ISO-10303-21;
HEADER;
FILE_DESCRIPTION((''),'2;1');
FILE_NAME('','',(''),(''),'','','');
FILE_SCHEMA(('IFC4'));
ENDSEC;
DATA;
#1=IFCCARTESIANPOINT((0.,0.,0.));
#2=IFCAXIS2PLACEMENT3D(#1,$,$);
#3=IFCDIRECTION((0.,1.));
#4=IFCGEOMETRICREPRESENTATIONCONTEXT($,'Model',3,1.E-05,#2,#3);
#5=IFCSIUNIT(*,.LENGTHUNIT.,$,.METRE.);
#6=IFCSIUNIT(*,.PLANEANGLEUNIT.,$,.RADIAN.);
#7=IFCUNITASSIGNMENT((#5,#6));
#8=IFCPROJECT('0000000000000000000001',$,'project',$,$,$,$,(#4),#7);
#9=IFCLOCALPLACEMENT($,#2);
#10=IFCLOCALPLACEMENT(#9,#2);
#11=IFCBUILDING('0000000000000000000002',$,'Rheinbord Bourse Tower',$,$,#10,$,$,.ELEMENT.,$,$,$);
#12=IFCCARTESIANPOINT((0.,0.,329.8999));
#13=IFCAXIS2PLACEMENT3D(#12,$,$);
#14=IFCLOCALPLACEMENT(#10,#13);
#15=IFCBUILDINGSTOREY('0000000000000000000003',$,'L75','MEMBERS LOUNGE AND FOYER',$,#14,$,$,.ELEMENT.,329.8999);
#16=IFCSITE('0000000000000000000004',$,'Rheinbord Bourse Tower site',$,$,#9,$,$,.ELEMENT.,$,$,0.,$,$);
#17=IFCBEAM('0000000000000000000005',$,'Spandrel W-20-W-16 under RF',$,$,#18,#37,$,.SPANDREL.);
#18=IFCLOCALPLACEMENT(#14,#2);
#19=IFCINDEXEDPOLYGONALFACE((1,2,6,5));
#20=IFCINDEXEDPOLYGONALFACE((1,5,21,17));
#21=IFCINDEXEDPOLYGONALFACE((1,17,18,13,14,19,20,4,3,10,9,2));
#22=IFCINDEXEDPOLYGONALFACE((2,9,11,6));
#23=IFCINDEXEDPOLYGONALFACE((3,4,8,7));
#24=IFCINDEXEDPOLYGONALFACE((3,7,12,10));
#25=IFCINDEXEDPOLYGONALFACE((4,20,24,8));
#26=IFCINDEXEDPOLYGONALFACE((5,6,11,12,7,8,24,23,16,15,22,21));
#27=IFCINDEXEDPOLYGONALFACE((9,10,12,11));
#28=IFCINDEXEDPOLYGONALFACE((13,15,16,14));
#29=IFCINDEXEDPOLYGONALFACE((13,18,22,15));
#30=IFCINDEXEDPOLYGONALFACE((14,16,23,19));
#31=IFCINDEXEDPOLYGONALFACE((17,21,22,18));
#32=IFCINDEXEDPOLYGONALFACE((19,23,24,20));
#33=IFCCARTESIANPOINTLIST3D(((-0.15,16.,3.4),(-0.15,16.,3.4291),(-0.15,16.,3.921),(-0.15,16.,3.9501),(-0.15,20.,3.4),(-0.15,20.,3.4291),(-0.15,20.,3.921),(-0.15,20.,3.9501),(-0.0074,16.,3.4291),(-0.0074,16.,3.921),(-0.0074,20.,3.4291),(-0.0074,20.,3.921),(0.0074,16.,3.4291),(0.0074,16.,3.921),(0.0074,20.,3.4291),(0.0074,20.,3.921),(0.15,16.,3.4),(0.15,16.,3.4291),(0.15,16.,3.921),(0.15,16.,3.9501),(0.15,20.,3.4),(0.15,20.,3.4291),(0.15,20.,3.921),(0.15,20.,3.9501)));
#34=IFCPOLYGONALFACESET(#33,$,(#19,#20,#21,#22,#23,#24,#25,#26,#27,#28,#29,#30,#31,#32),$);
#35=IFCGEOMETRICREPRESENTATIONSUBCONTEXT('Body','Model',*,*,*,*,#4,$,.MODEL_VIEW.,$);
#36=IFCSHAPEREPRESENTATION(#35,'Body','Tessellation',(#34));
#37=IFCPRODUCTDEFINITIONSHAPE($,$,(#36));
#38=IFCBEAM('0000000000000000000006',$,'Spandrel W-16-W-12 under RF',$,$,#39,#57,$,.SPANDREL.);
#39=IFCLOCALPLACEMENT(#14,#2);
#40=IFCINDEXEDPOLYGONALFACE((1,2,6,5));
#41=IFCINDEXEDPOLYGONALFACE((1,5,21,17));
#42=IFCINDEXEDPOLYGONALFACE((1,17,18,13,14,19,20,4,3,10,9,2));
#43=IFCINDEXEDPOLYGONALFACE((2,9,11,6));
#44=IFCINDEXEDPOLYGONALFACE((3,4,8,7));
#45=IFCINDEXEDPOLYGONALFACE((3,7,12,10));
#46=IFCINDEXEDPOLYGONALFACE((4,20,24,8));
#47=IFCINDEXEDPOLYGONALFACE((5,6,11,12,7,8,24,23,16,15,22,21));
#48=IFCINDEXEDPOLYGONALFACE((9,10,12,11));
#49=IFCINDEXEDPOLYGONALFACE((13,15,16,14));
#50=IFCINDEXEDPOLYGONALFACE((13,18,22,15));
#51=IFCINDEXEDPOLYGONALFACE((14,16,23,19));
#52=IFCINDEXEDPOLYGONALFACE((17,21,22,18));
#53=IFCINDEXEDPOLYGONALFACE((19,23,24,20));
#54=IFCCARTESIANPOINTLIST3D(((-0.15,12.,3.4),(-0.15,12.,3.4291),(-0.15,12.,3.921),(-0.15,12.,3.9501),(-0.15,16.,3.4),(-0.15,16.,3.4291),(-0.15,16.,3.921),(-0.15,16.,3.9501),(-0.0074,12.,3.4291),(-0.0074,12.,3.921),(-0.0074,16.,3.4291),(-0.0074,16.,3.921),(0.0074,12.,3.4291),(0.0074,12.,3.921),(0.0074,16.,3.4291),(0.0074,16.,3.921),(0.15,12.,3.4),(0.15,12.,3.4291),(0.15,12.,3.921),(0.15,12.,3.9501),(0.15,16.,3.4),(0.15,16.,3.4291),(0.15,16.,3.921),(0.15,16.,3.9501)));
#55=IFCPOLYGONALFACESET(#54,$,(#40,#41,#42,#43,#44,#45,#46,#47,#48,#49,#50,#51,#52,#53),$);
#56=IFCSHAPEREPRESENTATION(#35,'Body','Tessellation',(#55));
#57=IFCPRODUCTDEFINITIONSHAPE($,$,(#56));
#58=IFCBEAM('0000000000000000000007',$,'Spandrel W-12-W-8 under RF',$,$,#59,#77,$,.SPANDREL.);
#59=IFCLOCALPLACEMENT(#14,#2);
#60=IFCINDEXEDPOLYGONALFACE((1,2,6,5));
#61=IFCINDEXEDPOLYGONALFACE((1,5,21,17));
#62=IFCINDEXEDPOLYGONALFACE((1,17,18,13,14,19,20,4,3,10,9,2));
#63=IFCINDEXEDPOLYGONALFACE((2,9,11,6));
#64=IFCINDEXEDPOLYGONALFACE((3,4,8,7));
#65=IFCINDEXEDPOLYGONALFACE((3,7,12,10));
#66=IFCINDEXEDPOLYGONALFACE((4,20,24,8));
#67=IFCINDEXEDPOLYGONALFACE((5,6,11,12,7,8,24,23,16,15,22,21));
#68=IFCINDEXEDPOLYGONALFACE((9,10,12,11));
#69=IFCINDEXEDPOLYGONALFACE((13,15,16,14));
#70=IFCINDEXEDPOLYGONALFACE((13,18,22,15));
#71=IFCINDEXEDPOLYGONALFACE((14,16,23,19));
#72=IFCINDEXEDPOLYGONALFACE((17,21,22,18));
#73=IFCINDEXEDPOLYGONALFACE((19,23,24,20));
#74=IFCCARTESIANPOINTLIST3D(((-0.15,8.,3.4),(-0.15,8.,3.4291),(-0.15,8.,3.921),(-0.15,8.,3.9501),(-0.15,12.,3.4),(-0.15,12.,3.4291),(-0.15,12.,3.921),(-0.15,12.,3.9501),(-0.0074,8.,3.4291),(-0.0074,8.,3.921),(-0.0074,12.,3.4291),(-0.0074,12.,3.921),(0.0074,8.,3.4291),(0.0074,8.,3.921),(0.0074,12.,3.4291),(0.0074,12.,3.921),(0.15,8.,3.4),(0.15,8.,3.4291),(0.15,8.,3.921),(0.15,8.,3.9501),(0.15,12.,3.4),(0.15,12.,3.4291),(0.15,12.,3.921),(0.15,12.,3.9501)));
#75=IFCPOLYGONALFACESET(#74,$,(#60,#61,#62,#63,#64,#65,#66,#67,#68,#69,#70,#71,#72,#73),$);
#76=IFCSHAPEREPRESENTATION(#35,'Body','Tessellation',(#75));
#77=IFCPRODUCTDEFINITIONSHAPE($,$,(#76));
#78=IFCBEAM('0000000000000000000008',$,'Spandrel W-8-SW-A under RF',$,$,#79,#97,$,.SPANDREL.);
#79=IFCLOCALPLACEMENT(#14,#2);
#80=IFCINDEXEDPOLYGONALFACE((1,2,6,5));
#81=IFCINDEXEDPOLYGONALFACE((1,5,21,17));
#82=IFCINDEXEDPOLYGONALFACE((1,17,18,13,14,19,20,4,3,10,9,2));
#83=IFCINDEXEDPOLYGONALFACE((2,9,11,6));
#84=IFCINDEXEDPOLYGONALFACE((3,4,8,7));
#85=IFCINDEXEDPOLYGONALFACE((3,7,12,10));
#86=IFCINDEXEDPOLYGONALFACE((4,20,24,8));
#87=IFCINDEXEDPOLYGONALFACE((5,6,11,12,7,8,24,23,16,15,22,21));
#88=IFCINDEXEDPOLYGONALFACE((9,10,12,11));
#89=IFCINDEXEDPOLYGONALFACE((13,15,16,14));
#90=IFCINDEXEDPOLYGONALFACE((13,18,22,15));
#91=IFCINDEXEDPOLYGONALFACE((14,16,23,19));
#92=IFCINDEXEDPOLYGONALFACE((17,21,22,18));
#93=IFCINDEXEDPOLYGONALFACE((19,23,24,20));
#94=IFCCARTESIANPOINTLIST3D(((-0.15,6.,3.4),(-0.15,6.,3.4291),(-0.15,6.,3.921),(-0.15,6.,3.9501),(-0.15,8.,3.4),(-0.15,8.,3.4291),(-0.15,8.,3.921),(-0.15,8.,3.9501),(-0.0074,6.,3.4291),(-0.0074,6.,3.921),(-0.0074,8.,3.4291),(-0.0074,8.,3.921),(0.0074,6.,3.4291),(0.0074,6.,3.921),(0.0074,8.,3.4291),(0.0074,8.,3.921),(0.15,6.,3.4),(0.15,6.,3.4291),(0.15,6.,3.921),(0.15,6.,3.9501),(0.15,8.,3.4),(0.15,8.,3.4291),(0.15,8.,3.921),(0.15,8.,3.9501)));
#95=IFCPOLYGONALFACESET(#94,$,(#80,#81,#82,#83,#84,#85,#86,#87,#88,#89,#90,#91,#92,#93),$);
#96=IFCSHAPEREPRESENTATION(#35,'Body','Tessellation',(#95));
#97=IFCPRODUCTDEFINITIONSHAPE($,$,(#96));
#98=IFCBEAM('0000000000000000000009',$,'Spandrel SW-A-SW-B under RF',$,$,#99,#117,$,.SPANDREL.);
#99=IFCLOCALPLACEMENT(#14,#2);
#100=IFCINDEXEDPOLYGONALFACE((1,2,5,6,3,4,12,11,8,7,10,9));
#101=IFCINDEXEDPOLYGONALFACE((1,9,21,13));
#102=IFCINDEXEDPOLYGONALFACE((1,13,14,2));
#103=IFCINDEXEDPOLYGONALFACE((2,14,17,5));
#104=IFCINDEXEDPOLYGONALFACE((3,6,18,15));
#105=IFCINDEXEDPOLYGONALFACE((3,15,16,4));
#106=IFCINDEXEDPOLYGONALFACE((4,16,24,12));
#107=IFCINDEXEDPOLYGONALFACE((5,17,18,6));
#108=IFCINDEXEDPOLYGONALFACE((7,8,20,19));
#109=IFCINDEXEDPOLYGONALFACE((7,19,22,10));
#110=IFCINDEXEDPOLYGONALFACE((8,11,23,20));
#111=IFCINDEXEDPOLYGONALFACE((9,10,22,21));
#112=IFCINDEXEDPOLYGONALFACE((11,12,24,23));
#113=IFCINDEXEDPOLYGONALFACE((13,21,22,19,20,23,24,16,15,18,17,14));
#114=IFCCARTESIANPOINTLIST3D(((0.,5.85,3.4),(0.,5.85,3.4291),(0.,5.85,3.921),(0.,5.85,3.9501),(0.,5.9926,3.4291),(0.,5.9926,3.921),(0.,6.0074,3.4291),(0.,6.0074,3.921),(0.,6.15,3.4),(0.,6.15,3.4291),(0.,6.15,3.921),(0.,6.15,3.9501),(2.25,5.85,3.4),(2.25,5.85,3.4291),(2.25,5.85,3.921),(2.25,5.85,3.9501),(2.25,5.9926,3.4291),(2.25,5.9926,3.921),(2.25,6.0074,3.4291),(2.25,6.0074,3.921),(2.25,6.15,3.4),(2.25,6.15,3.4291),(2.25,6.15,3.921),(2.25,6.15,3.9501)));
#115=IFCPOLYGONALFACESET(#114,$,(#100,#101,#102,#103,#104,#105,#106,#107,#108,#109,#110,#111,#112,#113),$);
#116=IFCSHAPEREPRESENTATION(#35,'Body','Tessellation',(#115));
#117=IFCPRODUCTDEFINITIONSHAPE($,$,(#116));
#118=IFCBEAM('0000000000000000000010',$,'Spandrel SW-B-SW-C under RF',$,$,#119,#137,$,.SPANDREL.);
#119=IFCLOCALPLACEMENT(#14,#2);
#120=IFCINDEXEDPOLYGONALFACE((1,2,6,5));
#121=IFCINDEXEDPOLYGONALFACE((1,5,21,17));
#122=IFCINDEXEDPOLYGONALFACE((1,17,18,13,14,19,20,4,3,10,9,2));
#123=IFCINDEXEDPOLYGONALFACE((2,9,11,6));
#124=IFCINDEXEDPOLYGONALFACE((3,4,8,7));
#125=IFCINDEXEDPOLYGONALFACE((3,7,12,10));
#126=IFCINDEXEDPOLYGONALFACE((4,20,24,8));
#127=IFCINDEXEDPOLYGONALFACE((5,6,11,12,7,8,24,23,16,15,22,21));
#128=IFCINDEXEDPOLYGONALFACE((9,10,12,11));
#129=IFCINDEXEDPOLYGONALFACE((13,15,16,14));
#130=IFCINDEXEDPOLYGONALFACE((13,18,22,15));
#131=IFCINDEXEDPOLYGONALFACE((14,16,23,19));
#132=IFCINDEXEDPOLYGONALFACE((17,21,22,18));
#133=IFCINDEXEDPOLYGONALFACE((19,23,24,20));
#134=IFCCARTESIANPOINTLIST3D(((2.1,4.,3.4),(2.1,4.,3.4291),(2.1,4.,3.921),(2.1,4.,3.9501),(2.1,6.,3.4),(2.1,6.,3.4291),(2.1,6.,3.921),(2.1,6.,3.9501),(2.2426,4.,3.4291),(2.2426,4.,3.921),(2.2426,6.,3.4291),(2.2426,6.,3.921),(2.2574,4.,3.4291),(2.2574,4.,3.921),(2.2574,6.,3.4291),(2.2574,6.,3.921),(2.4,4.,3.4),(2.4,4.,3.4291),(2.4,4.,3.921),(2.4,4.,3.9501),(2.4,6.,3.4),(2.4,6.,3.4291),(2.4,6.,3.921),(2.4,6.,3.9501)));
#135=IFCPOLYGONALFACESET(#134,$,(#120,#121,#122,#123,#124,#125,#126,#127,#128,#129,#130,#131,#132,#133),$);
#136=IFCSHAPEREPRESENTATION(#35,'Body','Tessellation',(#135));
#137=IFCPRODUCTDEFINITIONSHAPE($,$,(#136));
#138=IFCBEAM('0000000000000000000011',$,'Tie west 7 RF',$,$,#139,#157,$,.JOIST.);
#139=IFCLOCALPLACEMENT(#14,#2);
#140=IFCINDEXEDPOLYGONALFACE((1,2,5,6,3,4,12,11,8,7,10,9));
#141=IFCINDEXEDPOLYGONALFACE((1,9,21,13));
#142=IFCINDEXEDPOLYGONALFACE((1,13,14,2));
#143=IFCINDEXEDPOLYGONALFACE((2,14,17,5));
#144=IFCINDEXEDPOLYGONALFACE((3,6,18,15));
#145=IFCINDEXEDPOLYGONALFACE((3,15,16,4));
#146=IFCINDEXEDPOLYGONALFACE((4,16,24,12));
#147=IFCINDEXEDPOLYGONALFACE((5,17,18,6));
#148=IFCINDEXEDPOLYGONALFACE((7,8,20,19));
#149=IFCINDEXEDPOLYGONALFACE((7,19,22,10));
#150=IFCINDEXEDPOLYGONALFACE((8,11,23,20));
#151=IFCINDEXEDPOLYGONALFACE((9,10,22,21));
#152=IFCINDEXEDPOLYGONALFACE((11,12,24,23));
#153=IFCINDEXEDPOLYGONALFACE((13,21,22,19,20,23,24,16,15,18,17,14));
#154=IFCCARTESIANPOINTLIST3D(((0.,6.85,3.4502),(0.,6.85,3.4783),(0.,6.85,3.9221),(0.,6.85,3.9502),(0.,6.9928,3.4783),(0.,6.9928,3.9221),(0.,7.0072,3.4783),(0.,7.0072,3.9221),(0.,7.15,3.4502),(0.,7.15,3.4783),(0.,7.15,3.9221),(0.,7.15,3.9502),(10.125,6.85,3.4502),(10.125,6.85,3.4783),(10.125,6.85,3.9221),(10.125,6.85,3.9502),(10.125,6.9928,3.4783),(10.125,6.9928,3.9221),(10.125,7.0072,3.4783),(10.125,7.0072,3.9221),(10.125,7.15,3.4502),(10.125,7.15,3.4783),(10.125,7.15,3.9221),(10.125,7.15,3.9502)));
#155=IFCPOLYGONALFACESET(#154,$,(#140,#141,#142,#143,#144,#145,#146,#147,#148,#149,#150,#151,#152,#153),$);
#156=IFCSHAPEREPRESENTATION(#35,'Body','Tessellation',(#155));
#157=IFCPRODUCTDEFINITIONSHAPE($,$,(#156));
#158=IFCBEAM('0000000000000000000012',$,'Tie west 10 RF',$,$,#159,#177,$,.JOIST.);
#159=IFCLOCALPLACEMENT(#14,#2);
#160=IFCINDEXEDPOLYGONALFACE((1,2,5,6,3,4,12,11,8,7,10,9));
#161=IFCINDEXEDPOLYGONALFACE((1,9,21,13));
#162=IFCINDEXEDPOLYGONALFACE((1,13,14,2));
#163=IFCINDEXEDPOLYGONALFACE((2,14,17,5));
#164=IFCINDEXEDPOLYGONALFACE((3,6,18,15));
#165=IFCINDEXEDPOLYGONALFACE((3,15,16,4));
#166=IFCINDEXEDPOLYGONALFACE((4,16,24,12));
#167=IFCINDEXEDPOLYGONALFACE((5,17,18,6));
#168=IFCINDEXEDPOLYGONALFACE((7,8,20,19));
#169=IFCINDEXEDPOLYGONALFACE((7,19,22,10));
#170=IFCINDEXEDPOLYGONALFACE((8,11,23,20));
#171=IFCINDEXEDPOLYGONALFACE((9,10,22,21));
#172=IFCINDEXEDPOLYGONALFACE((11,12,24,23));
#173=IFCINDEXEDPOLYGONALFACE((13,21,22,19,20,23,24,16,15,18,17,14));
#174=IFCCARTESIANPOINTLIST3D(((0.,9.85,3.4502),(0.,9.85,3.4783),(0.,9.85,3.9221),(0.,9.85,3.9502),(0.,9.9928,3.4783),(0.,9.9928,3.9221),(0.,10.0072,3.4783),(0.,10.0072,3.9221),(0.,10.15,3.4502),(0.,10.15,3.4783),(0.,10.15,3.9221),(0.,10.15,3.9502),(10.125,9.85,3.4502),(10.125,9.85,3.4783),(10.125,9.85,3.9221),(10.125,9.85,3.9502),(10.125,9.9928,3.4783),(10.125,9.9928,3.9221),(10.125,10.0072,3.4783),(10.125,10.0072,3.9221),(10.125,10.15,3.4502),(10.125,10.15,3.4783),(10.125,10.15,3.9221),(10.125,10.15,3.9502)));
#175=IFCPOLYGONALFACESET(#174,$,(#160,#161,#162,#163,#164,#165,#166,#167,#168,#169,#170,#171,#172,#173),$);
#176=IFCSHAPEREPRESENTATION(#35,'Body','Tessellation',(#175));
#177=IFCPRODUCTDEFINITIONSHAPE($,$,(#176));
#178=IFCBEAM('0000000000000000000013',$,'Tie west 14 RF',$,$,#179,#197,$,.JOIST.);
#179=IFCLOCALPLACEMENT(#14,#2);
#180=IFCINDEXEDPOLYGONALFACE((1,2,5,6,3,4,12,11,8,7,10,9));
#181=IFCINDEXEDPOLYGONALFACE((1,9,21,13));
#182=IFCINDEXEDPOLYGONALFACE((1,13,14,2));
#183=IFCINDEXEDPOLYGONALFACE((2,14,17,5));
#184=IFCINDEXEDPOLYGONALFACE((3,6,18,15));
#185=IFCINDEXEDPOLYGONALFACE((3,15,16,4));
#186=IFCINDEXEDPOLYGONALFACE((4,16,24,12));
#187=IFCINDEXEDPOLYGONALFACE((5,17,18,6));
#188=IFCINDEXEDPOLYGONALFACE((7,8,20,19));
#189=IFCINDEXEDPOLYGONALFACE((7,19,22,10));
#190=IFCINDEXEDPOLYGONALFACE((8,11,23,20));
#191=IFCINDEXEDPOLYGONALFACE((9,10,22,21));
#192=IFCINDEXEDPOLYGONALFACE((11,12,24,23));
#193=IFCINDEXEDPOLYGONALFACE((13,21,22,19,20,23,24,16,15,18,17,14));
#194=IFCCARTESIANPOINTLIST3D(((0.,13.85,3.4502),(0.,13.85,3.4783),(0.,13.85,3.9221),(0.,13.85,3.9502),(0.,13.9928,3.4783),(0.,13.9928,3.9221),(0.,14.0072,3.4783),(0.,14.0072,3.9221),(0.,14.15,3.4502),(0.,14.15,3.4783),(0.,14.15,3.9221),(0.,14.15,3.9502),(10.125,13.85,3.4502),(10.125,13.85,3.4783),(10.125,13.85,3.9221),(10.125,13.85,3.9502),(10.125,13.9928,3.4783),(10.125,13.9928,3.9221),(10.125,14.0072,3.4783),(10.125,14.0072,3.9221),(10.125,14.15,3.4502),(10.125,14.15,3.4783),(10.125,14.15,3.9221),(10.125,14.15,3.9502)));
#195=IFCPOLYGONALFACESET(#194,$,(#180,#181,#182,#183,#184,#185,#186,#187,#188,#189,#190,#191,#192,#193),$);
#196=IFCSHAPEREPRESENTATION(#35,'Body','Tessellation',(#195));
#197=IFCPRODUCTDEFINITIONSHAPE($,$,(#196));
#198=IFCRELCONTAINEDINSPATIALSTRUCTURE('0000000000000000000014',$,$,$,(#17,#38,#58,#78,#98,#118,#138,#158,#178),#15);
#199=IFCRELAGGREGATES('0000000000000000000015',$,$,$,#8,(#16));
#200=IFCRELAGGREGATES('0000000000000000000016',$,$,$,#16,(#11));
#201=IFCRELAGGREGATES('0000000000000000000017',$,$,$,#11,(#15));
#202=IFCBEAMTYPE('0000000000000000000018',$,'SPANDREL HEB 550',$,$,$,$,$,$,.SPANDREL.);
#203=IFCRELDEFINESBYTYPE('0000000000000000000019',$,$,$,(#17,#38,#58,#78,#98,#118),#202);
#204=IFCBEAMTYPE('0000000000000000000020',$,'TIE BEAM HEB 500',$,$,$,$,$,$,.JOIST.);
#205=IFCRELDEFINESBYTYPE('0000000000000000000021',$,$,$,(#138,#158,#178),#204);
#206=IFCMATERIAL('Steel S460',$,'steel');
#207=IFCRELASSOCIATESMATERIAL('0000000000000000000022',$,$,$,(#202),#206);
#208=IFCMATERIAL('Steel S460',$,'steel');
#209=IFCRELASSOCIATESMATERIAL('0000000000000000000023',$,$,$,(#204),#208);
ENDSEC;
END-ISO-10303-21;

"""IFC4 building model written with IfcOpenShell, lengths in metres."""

from ifc_helpers import new_model, si_unit, direction, frame, origin, origin_2d, place, context, subcontext, project, spatial, i_section, extrude, material, material_profile, profile_set, type_object, element, save


model = new_model("IFC4")

# Units and contexts
model_context = context("Model", 3, precision=1e-05, world=origin(), true_north=direction((0.0, 1.0)))
body_context = subcontext(model_context, "Body", "Model", "MODEL_VIEW")
ifc_project = project(units=[si_unit("LENGTHUNIT", "METRE"), si_unit("PLANEANGLEUNIT", "RADIAN")], contexts=[model_context])

# Site, building, storey
site_placement = place(None, origin())
site = spatial("IfcSite", under=ifc_project, at=site_placement, Name="Rheinbord Bourse Tower site", CompositionType="ELEMENT", RefElevation=0.0)
building_placement = place(site_placement, origin())
building = spatial("IfcBuilding", under=site, at=building_placement, Name="Rheinbord Bourse Tower", CompositionType="ELEMENT")
storey_placement = place(building_placement, frame((0.0, 0.0, 329.8999)))
storey = spatial("IfcBuildingStorey", under=building, at=storey_placement, Name="L75", Description="MEMBERS LOUNGE AND FOYER", CompositionType="ELEMENT", Elevation=329.8999)

# Beams
ifc_material_1 = material(Name="Steel S460", Category="steel")
ifc_material_profile_1 = material_profile(ifc_material_1, i_section(OverallWidth=0.3, OverallDepth=0.55, WebThickness=0.0149, FlangeThickness=0.0291, at=origin_2d()), Name="HEB 550")
ifc_profile_set_1 = profile_set([ifc_material_profile_1], Name="Steel S460")
beam_type_1 = type_object("IfcBeamType", Name="SPANDREL HEB 550", PredefinedType="SPANDREL", material=ifc_profile_set_1)
for number, where, z_axis, x_axis, name in (
    (1, (0.0, 20.0, 3.675), (0.0, -1.0, 0.0), (1.0, 0.0, 0.0), "Spandrel W-20-W-16 under RF"),
    (2, (0.0, 16.0, 3.675), (0.0, -1.0, 0.0), (1.0, 0.0, 0.0), "Spandrel W-16-W-12 under RF"),
    (3, (0.0, 12.0, 3.675), (0.0, -1.0, 0.0), (1.0, 0.0, 0.0), "Spandrel W-12-W-8 under RF"),
):
    element("IfcBeam", number, at=place(storey_placement, frame(where, z_axis=z_axis, x_axis=x_axis)), inside=storey, type_object=beam_type_1, Name=name, PredefinedType="SPANDREL", context=body_context, shape_type="SweptSolid", body=[
        extrude(i_section(OverallWidth=0.3, OverallDepth=0.55, WebThickness=0.0149, FlangeThickness=0.0291, at=origin_2d()), origin(), (0.0, 0.0, 1.0), 4.0),
    ])
beam_1_placement = place(storey_placement, frame((0.0, 8.0, 3.675), z_axis=(0.0, -1.0, 0.0), x_axis=(1.0, 0.0, 0.0)))
element("IfcBeam", 4, at=beam_1_placement, inside=storey, type_object=beam_type_1, Name="Spandrel W-8-SW-A under RF", PredefinedType="SPANDREL", context=body_context, shape_type="SweptSolid", body=[
    extrude(i_section(OverallWidth=0.3, OverallDepth=0.55, WebThickness=0.0149, FlangeThickness=0.0291, at=origin_2d()), origin(), (0.0, 0.0, 1.0), 2.0),
])
beam_2_placement = place(storey_placement, frame((0.0, 6.0, 3.675), z_axis=(1.0, 0.0, 0.0), x_axis=(0.0, 1.0, 0.0)))
element("IfcBeam", 5, at=beam_2_placement, inside=storey, type_object=beam_type_1, Name="Spandrel SW-A-SW-B under RF", PredefinedType="SPANDREL", context=body_context, shape_type="SweptSolid", body=[
    extrude(i_section(OverallWidth=0.3, OverallDepth=0.55, WebThickness=0.0149, FlangeThickness=0.0291, at=origin_2d()), origin(), (0.0, 0.0, 1.0), 2.25),
])
beam_3_placement = place(storey_placement, frame((2.25, 6.0, 3.675), z_axis=(0.0, -1.0, 0.0), x_axis=(1.0, 0.0, 0.0)))
element("IfcBeam", 6, at=beam_3_placement, inside=storey, type_object=beam_type_1, Name="Spandrel SW-B-SW-C under RF", PredefinedType="SPANDREL", context=body_context, shape_type="SweptSolid", body=[
    extrude(i_section(OverallWidth=0.3, OverallDepth=0.55, WebThickness=0.0149, FlangeThickness=0.0291, at=origin_2d()), origin(), (0.0, 0.0, 1.0), 2.0),
])
ifc_material_2 = material(Name="Steel S460", Category="steel")
ifc_material_profile_2 = material_profile(ifc_material_2, i_section(OverallWidth=0.3, OverallDepth=0.5, WebThickness=0.0144, FlangeThickness=0.0281, at=origin_2d()), Name="HEB 500")
ifc_profile_set_2 = profile_set([ifc_material_profile_2], Name="Steel S460")
beam_type_2 = type_object("IfcBeamType", Name="TIE BEAM HEB 500", PredefinedType="JOIST", material=ifc_profile_set_2)
for number, where, z_axis, x_axis, name in (
    (7, (0.0, 7.0, 3.7002), (1.0, 0.0, 0.0), (0.0, 1.0, 0.0), "Tie west 7 RF"),
    (8, (0.0, 10.0, 3.7002), (1.0, 0.0, 0.0), (0.0, 1.0, 0.0), "Tie west 10 RF"),
    (9, (0.0, 14.0, 3.7002), (1.0, 0.0, 0.0), (0.0, 1.0, 0.0), "Tie west 14 RF"),
):
    element("IfcBeam", number, at=place(storey_placement, frame(where, z_axis=z_axis, x_axis=x_axis)), inside=storey, type_object=beam_type_2, Name=name, PredefinedType="JOIST", context=body_context, shape_type="SweptSolid", body=[
        extrude(i_section(OverallWidth=0.3, OverallDepth=0.5, WebThickness=0.0144, FlangeThickness=0.0281, at=origin_2d()), origin(), (0.0, 0.0, 1.0), 10.125),
    ])

save(model, "model.ifc")
